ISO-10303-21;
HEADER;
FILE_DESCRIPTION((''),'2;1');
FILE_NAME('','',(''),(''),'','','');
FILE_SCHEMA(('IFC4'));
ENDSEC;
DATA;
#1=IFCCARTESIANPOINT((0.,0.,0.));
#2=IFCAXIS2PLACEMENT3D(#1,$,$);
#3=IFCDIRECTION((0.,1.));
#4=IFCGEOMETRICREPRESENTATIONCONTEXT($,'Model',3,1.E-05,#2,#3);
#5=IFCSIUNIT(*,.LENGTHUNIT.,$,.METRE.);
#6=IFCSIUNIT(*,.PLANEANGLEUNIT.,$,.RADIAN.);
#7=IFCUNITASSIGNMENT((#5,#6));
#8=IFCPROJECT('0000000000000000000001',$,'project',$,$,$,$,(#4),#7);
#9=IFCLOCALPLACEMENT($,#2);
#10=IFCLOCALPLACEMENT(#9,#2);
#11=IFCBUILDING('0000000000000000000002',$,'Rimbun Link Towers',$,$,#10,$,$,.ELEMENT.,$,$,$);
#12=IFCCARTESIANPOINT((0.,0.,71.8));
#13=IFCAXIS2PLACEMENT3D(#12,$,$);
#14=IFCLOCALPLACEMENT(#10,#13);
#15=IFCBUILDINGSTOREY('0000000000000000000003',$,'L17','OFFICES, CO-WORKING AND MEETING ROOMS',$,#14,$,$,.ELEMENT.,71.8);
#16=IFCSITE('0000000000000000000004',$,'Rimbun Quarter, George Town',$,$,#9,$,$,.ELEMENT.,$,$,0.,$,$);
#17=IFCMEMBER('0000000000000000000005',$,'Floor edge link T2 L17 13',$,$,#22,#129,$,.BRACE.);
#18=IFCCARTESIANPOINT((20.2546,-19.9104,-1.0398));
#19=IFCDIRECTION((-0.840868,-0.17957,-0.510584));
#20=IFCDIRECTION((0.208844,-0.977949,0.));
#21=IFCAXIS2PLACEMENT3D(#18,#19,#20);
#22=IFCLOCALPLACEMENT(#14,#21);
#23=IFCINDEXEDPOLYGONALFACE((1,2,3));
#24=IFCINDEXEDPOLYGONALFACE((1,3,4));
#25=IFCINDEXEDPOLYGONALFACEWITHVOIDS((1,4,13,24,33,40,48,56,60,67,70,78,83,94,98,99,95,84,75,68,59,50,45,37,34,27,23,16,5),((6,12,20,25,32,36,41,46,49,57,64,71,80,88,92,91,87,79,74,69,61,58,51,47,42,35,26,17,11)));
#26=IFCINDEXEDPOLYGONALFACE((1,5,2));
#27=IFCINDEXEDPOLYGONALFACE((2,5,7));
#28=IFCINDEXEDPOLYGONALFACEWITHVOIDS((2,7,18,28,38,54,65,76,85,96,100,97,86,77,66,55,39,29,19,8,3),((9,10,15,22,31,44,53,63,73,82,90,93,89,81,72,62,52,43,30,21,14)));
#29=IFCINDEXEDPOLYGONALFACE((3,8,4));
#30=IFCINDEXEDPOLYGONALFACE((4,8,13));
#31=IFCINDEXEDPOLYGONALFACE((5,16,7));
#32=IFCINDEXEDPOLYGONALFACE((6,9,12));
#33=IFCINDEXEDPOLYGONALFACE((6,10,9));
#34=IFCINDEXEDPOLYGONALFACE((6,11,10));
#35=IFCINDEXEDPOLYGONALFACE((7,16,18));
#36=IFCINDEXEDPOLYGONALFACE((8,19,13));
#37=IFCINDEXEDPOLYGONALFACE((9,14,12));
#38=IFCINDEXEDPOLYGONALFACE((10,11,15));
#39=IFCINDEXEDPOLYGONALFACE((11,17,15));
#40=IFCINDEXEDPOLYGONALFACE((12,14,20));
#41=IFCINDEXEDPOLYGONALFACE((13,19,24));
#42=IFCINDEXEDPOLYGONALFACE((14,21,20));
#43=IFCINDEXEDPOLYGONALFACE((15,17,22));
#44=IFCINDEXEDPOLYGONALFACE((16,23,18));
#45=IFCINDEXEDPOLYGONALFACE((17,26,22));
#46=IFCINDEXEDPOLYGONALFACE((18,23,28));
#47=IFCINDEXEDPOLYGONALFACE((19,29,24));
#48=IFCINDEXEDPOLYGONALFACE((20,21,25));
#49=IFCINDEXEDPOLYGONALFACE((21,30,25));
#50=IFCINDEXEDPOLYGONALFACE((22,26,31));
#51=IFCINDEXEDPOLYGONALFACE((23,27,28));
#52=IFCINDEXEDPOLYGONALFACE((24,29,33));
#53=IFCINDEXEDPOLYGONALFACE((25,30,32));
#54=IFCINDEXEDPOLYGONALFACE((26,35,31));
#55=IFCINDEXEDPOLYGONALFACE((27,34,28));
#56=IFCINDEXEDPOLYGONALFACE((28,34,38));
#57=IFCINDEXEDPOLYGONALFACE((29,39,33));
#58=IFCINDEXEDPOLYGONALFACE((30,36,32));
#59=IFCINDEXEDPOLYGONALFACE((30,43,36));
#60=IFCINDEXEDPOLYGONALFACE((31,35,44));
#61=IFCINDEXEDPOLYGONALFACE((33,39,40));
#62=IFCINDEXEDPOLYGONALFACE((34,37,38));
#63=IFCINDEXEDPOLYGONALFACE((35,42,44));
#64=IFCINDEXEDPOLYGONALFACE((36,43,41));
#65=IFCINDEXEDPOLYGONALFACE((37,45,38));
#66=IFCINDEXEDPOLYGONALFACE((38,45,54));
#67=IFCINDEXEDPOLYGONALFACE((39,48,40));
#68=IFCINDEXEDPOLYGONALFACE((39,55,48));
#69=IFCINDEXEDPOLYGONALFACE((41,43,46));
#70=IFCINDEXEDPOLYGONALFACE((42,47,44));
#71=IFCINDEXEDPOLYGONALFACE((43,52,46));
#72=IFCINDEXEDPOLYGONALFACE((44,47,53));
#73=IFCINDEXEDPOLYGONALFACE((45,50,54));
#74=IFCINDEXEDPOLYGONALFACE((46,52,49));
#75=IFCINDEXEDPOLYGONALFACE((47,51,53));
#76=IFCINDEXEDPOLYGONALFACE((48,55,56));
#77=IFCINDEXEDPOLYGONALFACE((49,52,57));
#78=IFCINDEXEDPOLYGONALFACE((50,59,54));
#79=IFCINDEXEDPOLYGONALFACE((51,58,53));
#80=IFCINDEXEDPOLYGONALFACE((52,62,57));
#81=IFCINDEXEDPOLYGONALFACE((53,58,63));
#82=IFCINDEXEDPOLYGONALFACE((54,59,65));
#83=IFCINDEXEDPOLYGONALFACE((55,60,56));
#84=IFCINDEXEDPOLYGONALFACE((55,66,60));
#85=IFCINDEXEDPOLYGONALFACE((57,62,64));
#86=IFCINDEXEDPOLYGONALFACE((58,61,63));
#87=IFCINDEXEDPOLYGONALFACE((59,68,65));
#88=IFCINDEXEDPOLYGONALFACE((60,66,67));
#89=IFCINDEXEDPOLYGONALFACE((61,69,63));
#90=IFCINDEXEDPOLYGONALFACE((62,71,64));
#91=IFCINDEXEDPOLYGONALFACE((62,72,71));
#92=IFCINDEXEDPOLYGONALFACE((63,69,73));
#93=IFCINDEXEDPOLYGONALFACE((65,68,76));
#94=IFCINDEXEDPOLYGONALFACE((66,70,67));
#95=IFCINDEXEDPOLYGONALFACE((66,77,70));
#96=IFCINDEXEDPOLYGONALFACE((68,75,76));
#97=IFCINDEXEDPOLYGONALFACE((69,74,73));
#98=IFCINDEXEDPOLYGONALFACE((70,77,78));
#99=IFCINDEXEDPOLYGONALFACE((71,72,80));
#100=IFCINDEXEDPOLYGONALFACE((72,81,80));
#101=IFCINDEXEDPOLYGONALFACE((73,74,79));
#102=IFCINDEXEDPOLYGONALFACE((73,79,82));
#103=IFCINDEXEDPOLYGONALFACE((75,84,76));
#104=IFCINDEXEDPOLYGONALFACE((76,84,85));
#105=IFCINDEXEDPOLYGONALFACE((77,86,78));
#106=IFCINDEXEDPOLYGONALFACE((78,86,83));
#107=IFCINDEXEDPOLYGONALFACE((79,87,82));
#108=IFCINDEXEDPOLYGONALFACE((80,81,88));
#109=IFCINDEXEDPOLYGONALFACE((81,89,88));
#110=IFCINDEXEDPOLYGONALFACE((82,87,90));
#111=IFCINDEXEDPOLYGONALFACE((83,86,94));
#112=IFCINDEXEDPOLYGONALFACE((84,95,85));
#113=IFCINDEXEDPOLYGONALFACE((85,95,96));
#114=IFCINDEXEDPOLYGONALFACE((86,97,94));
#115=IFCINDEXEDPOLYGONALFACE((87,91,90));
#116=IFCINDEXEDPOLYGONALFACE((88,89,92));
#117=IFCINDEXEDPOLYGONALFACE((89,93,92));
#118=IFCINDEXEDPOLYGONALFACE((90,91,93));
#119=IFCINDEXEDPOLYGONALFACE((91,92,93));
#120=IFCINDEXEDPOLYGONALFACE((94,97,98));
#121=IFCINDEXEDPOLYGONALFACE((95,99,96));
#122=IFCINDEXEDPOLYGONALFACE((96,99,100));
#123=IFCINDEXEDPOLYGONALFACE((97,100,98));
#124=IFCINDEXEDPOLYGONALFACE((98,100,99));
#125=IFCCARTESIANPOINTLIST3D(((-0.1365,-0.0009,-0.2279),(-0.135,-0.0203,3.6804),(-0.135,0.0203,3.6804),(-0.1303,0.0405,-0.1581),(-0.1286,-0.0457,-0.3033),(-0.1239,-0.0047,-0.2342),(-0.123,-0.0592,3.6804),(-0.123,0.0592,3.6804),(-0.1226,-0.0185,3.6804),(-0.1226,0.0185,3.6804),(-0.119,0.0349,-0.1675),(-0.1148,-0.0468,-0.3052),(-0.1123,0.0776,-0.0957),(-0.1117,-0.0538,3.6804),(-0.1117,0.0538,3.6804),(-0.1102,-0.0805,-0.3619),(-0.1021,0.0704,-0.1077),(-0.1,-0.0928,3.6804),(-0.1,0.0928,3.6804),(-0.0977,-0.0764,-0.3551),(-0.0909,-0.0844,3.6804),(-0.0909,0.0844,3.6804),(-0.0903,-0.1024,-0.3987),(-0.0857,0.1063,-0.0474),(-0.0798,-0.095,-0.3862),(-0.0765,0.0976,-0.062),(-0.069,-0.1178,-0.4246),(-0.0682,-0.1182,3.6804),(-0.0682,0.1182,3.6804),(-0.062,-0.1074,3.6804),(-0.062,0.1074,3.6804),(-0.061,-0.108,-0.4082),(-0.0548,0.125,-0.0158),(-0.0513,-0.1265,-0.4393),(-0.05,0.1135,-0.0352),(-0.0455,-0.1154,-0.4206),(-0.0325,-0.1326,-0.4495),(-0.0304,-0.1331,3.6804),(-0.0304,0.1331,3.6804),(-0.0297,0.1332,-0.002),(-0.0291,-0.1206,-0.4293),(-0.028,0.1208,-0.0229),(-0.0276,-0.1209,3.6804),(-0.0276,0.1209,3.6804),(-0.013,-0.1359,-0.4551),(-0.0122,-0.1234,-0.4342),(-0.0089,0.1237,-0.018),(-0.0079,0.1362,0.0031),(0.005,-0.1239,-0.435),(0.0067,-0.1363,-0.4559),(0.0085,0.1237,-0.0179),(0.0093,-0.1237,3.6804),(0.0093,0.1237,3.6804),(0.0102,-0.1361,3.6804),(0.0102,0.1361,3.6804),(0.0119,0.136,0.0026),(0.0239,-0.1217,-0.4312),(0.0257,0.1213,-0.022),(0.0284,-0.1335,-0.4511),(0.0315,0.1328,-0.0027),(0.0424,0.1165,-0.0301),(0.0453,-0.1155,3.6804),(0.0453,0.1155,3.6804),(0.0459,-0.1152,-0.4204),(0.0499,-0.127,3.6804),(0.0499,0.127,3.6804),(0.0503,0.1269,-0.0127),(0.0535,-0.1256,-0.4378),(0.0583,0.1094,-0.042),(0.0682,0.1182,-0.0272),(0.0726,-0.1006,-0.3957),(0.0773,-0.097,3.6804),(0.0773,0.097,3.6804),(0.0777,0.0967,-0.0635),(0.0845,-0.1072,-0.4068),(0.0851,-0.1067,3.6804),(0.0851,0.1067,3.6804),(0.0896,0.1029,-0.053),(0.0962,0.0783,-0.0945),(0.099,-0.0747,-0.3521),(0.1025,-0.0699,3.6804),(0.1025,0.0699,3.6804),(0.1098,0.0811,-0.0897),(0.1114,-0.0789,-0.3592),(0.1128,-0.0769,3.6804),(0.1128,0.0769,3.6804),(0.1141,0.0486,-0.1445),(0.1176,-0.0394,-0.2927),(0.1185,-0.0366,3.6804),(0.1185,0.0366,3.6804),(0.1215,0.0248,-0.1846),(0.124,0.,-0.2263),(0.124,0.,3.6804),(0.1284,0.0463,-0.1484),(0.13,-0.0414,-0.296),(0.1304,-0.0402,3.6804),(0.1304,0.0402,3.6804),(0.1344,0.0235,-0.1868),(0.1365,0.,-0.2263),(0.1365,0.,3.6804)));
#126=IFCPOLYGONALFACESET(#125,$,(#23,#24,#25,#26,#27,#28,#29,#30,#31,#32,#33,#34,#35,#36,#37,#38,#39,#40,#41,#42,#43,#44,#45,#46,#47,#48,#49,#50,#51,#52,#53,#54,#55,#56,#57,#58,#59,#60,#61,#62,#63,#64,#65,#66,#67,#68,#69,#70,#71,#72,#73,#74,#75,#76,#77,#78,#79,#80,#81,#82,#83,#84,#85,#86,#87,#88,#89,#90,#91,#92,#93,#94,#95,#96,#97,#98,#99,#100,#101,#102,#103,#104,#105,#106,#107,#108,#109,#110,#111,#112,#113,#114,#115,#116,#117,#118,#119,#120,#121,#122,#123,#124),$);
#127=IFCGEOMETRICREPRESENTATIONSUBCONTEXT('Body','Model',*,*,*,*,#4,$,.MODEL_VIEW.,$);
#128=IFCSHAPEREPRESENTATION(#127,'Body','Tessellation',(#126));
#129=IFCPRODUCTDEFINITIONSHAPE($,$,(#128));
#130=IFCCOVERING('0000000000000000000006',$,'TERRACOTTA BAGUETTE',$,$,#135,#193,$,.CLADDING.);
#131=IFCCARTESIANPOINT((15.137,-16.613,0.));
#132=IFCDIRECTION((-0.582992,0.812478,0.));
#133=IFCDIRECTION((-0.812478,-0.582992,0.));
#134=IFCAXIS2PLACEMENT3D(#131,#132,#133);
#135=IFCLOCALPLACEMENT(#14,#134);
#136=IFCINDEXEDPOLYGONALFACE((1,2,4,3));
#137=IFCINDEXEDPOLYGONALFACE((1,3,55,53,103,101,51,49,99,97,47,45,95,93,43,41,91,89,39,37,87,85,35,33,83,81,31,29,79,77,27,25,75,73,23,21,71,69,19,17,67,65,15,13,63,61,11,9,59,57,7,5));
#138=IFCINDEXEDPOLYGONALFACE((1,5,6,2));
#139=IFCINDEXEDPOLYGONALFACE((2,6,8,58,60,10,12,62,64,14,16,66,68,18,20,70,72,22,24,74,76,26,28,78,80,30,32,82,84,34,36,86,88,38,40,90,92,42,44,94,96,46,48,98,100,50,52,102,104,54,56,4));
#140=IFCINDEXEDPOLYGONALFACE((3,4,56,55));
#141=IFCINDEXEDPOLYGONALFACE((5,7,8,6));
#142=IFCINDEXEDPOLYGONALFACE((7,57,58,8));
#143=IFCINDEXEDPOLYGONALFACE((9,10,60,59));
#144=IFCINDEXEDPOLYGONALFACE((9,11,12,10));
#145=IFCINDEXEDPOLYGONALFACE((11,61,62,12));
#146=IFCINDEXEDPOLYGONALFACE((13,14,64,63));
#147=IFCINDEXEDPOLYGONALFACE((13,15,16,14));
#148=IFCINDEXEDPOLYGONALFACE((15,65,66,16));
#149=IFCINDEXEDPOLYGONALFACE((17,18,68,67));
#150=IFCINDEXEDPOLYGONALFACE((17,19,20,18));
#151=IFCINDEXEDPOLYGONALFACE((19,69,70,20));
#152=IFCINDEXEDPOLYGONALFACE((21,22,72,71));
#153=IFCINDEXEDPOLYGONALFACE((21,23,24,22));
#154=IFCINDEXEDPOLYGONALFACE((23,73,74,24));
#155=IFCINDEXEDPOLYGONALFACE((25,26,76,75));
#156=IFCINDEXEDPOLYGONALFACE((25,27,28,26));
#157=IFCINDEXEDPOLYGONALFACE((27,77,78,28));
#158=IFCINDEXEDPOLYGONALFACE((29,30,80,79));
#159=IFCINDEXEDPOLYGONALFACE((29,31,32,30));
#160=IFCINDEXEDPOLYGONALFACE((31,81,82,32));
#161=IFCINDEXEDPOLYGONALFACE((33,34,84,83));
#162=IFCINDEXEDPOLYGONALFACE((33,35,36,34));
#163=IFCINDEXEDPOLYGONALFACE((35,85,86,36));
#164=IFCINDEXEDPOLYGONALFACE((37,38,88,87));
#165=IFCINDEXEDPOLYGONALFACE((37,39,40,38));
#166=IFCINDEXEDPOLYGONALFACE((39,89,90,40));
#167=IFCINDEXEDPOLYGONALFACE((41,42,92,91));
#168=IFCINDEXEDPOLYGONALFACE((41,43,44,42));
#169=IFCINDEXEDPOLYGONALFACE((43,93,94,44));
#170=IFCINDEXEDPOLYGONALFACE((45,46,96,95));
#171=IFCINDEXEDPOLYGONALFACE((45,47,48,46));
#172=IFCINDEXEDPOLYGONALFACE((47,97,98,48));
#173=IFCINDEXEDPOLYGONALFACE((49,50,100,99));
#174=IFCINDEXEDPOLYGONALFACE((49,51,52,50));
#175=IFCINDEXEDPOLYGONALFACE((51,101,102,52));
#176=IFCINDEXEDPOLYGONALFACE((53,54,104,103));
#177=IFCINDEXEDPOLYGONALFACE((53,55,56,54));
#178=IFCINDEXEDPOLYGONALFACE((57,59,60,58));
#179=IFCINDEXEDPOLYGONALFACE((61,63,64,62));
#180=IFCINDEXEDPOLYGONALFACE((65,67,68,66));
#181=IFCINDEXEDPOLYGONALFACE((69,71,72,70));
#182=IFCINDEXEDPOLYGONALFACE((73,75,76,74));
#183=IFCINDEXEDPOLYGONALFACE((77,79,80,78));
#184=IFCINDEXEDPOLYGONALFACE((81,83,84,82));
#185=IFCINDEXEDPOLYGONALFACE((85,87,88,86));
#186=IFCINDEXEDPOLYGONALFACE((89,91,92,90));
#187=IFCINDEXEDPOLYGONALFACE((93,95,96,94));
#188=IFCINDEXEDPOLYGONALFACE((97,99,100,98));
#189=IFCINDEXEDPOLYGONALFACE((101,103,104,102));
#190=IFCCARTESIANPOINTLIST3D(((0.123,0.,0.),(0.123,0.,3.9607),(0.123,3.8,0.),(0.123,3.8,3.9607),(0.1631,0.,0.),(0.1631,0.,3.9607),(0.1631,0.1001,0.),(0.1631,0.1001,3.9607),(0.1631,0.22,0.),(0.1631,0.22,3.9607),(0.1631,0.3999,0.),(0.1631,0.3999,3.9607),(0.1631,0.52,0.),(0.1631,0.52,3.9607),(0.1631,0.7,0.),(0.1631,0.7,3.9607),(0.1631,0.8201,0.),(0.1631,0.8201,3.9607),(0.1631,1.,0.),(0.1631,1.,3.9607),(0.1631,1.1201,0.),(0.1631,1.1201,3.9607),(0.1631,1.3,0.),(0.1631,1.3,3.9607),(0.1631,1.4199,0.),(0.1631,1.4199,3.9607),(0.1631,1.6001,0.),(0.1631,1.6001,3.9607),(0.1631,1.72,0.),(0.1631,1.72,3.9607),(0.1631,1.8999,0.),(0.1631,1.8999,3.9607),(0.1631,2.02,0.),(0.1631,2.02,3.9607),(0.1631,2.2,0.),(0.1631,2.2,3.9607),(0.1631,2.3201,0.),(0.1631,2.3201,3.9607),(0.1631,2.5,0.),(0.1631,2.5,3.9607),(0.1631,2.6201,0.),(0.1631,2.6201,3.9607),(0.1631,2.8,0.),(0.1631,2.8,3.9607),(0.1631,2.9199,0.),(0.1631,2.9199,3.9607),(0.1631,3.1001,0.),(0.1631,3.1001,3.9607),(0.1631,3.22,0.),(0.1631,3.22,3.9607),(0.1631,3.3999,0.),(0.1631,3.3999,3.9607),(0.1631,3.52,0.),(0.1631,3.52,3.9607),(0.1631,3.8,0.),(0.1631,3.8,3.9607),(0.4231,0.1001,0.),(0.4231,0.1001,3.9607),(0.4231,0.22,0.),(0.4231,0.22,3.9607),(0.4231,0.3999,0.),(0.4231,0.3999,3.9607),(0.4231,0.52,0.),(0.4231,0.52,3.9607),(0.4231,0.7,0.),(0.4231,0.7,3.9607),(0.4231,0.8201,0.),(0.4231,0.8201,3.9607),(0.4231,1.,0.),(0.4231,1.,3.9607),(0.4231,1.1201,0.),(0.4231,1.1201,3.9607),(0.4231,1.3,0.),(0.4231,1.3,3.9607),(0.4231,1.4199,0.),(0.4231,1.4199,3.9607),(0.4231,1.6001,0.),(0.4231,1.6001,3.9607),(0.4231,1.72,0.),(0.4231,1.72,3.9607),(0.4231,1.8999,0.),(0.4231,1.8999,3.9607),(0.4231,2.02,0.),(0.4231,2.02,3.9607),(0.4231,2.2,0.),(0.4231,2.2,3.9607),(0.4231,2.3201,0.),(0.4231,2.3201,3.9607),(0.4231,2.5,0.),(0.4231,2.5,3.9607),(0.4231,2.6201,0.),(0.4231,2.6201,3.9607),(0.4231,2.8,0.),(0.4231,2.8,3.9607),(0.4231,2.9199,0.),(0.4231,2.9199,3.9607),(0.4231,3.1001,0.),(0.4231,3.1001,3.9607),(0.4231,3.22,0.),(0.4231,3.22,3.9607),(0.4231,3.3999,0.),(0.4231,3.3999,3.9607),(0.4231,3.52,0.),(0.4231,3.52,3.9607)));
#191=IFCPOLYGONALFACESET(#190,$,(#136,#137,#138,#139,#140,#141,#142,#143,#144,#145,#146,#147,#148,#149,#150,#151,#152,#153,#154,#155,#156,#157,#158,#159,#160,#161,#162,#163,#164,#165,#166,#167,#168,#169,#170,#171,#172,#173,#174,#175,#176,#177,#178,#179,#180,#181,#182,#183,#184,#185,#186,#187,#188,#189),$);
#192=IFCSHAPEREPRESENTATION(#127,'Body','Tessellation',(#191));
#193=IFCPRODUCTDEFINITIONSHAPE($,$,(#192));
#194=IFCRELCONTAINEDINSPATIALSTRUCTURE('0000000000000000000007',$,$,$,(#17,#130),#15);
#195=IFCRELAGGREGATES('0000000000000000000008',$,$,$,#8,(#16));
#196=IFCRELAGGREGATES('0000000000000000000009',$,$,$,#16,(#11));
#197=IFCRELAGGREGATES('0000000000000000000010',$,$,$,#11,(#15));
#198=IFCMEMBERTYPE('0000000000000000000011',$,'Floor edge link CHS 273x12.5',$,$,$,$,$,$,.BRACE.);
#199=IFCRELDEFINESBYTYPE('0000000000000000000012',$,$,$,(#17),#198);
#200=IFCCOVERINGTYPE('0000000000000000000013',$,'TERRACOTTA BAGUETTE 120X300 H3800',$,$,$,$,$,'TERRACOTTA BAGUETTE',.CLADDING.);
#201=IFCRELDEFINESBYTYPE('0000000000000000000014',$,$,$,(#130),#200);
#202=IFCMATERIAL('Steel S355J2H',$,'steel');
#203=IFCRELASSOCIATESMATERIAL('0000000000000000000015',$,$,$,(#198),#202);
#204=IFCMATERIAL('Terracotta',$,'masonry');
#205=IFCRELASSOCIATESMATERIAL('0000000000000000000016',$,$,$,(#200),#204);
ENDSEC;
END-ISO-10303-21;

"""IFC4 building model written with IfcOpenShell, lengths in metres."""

from ifc_helpers import new_model, si_unit, direction, frame, origin, origin_2d, place, context, subcontext, project, spatial, polyline, hollow_circle, outline, extrude, clip, halfspace, material, material_profile, profile_set, type_object, element, save


model = new_model("IFC4")

# Units and contexts
model_context = context("Model", 3, precision=1e-05, world=origin(), true_north=direction((0.0, 1.0)))
body_context = subcontext(model_context, "Body", "Model", "MODEL_VIEW")
ifc_project = project(units=[si_unit("LENGTHUNIT", "METRE"), si_unit("PLANEANGLEUNIT", "RADIAN")], contexts=[model_context])

# Site, building, storey
site_placement = place(None, origin())
site = spatial("IfcSite", under=ifc_project, at=site_placement, Name="Rimbun Quarter, George Town", CompositionType="ELEMENT", RefElevation=0.0)
building_placement = place(site_placement, origin())
building = spatial("IfcBuilding", under=site, at=building_placement, Name="Rimbun Link Towers", CompositionType="ELEMENT")
storey_placement = place(building_placement, frame((0.0, 0.0, 71.8)))
storey = spatial("IfcBuildingStorey", under=building, at=storey_placement, Name="L17", Description="OFFICES, CO-WORKING AND MEETING ROOMS", CompositionType="ELEMENT", Elevation=71.8)

# Member
ifc_material_1 = material(Name="Steel S355J2H", Category="steel")
ifc_material_profile_1 = material_profile(ifc_material_1, hollow_circle(Radius=0.1365, WallThickness=0.0125, at=origin_2d()), Name="CHS 273x12.5")
ifc_profile_set_1 = profile_set([ifc_material_profile_1], Name="Steel S355J2H")
member_type_1 = type_object("IfcMemberType", Name="Floor edge link CHS 273x12.5", PredefinedType="BRACE", material=ifc_profile_set_1)
member_1_placement = place(storey_placement, frame((20.2546, -19.9104, -1.0398), z_axis=(-0.840868, -0.17957, -0.510584), x_axis=(0.208844, -0.977949, 0.0)))
element("IfcMember", 1, at=member_1_placement, inside=storey, type_object=member_type_1, Name="Floor edge link T2 L17 13", PredefinedType="BRACE", context=body_context, shape_type="Clipping", body=[
    clip(extrude(hollow_circle(Radius=0.1365, WallThickness=0.0125, at=origin_2d()), frame((0.0, 0.0, -0.4792)), (0.0, 0.0, 1.0), 4.1597), halfspace(frame((0.0, 0.0, -0.2263), z_axis=(0.0, 0.859828, -0.510584)), False)),
])

# Covering
ifc_material_2 = material(Name="Terracotta", Category="masonry")
ifc_material_profile_2 = material_profile(ifc_material_2, outline(polyline([(0.123, 0.0), (0.1631, 0.0), (0.1631, 0.1001), (0.4231, 0.1001), (0.4231, 0.22), (0.1631, 0.22), (0.1631, 0.3999), (0.4231, 0.3999), (0.4231, 0.52), (0.1631, 0.52), (0.1631, 0.7), (0.4231, 0.7), (0.4231, 0.8201), (0.1631, 0.8201), (0.1631, 1.0), (0.4231, 1.0), (0.4231, 1.1201), (0.1631, 1.1201), (0.1631, 1.3), (0.4231, 1.3), (0.4231, 1.4199), (0.1631, 1.4199), (0.1631, 1.6001), (0.4231, 1.6001), (0.4231, 1.72), (0.1631, 1.72), (0.1631, 1.8999), (0.4231, 1.8999), (0.4231, 2.02), (0.1631, 2.02), (0.1631, 2.2), (0.4231, 2.2), (0.4231, 2.3201), (0.1631, 2.3201), (0.1631, 2.5), (0.4231, 2.5), (0.4231, 2.6201), (0.1631, 2.6201), (0.1631, 2.8), (0.4231, 2.8), (0.4231, 2.9199), (0.1631, 2.9199), (0.1631, 3.1001), (0.4231, 3.1001), (0.4231, 3.22), (0.1631, 3.22), (0.1631, 3.3999), (0.4231, 3.3999), (0.4231, 3.52), (0.1631, 3.52), (0.1631, 3.8), (0.123, 3.8), (0.123, 0.0)])), Name="BAGUETTE 120X300")
ifc_profile_set_2 = profile_set([ifc_material_profile_2], Name="Terracotta")
covering_type = type_object("IfcCoveringType", Name="TERRACOTTA BAGUETTE 120X300 H3800", ElementType="TERRACOTTA BAGUETTE", PredefinedType="CLADDING", material=ifc_profile_set_2)
covering_1_placement = place(storey_placement, frame((15.137, -16.613, 0.0), z_axis=(-0.582992, 0.812478, 0.0), x_axis=(-0.812478, -0.582992, 0.0)))
element("IfcCovering", 2, at=covering_1_placement, inside=storey, type_object=covering_type, Name="TERRACOTTA BAGUETTE", PredefinedType="CLADDING", context=body_context, shape_type="SweptSolid", body=[
    extrude(outline(polyline([(0.123, 0.0), (0.1631, 0.0), (0.1631, 0.1001), (0.4231, 0.1001), (0.4231, 0.22), (0.1631, 0.22), (0.1631, 0.3999), (0.4231, 0.3999), (0.4231, 0.52), (0.1631, 0.52), (0.1631, 0.7), (0.4231, 0.7), (0.4231, 0.8201), (0.1631, 0.8201), (0.1631, 1.0), (0.4231, 1.0), (0.4231, 1.1201), (0.1631, 1.1201), (0.1631, 1.3), (0.4231, 1.3), (0.4231, 1.4199), (0.1631, 1.4199), (0.1631, 1.6001), (0.4231, 1.6001), (0.4231, 1.72), (0.1631, 1.72), (0.1631, 1.8999), (0.4231, 1.8999), (0.4231, 2.02), (0.1631, 2.02), (0.1631, 2.2), (0.4231, 2.2), (0.4231, 2.3201), (0.1631, 2.3201), (0.1631, 2.5), (0.4231, 2.5), (0.4231, 2.6201), (0.1631, 2.6201), (0.1631, 2.8), (0.4231, 2.8), (0.4231, 2.9199), (0.1631, 2.9199), (0.1631, 3.1001), (0.4231, 3.1001), (0.4231, 3.22), (0.1631, 3.22), (0.1631, 3.3999), (0.4231, 3.3999), (0.4231, 3.52), (0.1631, 3.52), (0.1631, 3.8), (0.123, 3.8), (0.123, 0.0)])), origin(), (0.0, 0.0, 1.0), 3.9607),
])

save(model, "model.ifc")
